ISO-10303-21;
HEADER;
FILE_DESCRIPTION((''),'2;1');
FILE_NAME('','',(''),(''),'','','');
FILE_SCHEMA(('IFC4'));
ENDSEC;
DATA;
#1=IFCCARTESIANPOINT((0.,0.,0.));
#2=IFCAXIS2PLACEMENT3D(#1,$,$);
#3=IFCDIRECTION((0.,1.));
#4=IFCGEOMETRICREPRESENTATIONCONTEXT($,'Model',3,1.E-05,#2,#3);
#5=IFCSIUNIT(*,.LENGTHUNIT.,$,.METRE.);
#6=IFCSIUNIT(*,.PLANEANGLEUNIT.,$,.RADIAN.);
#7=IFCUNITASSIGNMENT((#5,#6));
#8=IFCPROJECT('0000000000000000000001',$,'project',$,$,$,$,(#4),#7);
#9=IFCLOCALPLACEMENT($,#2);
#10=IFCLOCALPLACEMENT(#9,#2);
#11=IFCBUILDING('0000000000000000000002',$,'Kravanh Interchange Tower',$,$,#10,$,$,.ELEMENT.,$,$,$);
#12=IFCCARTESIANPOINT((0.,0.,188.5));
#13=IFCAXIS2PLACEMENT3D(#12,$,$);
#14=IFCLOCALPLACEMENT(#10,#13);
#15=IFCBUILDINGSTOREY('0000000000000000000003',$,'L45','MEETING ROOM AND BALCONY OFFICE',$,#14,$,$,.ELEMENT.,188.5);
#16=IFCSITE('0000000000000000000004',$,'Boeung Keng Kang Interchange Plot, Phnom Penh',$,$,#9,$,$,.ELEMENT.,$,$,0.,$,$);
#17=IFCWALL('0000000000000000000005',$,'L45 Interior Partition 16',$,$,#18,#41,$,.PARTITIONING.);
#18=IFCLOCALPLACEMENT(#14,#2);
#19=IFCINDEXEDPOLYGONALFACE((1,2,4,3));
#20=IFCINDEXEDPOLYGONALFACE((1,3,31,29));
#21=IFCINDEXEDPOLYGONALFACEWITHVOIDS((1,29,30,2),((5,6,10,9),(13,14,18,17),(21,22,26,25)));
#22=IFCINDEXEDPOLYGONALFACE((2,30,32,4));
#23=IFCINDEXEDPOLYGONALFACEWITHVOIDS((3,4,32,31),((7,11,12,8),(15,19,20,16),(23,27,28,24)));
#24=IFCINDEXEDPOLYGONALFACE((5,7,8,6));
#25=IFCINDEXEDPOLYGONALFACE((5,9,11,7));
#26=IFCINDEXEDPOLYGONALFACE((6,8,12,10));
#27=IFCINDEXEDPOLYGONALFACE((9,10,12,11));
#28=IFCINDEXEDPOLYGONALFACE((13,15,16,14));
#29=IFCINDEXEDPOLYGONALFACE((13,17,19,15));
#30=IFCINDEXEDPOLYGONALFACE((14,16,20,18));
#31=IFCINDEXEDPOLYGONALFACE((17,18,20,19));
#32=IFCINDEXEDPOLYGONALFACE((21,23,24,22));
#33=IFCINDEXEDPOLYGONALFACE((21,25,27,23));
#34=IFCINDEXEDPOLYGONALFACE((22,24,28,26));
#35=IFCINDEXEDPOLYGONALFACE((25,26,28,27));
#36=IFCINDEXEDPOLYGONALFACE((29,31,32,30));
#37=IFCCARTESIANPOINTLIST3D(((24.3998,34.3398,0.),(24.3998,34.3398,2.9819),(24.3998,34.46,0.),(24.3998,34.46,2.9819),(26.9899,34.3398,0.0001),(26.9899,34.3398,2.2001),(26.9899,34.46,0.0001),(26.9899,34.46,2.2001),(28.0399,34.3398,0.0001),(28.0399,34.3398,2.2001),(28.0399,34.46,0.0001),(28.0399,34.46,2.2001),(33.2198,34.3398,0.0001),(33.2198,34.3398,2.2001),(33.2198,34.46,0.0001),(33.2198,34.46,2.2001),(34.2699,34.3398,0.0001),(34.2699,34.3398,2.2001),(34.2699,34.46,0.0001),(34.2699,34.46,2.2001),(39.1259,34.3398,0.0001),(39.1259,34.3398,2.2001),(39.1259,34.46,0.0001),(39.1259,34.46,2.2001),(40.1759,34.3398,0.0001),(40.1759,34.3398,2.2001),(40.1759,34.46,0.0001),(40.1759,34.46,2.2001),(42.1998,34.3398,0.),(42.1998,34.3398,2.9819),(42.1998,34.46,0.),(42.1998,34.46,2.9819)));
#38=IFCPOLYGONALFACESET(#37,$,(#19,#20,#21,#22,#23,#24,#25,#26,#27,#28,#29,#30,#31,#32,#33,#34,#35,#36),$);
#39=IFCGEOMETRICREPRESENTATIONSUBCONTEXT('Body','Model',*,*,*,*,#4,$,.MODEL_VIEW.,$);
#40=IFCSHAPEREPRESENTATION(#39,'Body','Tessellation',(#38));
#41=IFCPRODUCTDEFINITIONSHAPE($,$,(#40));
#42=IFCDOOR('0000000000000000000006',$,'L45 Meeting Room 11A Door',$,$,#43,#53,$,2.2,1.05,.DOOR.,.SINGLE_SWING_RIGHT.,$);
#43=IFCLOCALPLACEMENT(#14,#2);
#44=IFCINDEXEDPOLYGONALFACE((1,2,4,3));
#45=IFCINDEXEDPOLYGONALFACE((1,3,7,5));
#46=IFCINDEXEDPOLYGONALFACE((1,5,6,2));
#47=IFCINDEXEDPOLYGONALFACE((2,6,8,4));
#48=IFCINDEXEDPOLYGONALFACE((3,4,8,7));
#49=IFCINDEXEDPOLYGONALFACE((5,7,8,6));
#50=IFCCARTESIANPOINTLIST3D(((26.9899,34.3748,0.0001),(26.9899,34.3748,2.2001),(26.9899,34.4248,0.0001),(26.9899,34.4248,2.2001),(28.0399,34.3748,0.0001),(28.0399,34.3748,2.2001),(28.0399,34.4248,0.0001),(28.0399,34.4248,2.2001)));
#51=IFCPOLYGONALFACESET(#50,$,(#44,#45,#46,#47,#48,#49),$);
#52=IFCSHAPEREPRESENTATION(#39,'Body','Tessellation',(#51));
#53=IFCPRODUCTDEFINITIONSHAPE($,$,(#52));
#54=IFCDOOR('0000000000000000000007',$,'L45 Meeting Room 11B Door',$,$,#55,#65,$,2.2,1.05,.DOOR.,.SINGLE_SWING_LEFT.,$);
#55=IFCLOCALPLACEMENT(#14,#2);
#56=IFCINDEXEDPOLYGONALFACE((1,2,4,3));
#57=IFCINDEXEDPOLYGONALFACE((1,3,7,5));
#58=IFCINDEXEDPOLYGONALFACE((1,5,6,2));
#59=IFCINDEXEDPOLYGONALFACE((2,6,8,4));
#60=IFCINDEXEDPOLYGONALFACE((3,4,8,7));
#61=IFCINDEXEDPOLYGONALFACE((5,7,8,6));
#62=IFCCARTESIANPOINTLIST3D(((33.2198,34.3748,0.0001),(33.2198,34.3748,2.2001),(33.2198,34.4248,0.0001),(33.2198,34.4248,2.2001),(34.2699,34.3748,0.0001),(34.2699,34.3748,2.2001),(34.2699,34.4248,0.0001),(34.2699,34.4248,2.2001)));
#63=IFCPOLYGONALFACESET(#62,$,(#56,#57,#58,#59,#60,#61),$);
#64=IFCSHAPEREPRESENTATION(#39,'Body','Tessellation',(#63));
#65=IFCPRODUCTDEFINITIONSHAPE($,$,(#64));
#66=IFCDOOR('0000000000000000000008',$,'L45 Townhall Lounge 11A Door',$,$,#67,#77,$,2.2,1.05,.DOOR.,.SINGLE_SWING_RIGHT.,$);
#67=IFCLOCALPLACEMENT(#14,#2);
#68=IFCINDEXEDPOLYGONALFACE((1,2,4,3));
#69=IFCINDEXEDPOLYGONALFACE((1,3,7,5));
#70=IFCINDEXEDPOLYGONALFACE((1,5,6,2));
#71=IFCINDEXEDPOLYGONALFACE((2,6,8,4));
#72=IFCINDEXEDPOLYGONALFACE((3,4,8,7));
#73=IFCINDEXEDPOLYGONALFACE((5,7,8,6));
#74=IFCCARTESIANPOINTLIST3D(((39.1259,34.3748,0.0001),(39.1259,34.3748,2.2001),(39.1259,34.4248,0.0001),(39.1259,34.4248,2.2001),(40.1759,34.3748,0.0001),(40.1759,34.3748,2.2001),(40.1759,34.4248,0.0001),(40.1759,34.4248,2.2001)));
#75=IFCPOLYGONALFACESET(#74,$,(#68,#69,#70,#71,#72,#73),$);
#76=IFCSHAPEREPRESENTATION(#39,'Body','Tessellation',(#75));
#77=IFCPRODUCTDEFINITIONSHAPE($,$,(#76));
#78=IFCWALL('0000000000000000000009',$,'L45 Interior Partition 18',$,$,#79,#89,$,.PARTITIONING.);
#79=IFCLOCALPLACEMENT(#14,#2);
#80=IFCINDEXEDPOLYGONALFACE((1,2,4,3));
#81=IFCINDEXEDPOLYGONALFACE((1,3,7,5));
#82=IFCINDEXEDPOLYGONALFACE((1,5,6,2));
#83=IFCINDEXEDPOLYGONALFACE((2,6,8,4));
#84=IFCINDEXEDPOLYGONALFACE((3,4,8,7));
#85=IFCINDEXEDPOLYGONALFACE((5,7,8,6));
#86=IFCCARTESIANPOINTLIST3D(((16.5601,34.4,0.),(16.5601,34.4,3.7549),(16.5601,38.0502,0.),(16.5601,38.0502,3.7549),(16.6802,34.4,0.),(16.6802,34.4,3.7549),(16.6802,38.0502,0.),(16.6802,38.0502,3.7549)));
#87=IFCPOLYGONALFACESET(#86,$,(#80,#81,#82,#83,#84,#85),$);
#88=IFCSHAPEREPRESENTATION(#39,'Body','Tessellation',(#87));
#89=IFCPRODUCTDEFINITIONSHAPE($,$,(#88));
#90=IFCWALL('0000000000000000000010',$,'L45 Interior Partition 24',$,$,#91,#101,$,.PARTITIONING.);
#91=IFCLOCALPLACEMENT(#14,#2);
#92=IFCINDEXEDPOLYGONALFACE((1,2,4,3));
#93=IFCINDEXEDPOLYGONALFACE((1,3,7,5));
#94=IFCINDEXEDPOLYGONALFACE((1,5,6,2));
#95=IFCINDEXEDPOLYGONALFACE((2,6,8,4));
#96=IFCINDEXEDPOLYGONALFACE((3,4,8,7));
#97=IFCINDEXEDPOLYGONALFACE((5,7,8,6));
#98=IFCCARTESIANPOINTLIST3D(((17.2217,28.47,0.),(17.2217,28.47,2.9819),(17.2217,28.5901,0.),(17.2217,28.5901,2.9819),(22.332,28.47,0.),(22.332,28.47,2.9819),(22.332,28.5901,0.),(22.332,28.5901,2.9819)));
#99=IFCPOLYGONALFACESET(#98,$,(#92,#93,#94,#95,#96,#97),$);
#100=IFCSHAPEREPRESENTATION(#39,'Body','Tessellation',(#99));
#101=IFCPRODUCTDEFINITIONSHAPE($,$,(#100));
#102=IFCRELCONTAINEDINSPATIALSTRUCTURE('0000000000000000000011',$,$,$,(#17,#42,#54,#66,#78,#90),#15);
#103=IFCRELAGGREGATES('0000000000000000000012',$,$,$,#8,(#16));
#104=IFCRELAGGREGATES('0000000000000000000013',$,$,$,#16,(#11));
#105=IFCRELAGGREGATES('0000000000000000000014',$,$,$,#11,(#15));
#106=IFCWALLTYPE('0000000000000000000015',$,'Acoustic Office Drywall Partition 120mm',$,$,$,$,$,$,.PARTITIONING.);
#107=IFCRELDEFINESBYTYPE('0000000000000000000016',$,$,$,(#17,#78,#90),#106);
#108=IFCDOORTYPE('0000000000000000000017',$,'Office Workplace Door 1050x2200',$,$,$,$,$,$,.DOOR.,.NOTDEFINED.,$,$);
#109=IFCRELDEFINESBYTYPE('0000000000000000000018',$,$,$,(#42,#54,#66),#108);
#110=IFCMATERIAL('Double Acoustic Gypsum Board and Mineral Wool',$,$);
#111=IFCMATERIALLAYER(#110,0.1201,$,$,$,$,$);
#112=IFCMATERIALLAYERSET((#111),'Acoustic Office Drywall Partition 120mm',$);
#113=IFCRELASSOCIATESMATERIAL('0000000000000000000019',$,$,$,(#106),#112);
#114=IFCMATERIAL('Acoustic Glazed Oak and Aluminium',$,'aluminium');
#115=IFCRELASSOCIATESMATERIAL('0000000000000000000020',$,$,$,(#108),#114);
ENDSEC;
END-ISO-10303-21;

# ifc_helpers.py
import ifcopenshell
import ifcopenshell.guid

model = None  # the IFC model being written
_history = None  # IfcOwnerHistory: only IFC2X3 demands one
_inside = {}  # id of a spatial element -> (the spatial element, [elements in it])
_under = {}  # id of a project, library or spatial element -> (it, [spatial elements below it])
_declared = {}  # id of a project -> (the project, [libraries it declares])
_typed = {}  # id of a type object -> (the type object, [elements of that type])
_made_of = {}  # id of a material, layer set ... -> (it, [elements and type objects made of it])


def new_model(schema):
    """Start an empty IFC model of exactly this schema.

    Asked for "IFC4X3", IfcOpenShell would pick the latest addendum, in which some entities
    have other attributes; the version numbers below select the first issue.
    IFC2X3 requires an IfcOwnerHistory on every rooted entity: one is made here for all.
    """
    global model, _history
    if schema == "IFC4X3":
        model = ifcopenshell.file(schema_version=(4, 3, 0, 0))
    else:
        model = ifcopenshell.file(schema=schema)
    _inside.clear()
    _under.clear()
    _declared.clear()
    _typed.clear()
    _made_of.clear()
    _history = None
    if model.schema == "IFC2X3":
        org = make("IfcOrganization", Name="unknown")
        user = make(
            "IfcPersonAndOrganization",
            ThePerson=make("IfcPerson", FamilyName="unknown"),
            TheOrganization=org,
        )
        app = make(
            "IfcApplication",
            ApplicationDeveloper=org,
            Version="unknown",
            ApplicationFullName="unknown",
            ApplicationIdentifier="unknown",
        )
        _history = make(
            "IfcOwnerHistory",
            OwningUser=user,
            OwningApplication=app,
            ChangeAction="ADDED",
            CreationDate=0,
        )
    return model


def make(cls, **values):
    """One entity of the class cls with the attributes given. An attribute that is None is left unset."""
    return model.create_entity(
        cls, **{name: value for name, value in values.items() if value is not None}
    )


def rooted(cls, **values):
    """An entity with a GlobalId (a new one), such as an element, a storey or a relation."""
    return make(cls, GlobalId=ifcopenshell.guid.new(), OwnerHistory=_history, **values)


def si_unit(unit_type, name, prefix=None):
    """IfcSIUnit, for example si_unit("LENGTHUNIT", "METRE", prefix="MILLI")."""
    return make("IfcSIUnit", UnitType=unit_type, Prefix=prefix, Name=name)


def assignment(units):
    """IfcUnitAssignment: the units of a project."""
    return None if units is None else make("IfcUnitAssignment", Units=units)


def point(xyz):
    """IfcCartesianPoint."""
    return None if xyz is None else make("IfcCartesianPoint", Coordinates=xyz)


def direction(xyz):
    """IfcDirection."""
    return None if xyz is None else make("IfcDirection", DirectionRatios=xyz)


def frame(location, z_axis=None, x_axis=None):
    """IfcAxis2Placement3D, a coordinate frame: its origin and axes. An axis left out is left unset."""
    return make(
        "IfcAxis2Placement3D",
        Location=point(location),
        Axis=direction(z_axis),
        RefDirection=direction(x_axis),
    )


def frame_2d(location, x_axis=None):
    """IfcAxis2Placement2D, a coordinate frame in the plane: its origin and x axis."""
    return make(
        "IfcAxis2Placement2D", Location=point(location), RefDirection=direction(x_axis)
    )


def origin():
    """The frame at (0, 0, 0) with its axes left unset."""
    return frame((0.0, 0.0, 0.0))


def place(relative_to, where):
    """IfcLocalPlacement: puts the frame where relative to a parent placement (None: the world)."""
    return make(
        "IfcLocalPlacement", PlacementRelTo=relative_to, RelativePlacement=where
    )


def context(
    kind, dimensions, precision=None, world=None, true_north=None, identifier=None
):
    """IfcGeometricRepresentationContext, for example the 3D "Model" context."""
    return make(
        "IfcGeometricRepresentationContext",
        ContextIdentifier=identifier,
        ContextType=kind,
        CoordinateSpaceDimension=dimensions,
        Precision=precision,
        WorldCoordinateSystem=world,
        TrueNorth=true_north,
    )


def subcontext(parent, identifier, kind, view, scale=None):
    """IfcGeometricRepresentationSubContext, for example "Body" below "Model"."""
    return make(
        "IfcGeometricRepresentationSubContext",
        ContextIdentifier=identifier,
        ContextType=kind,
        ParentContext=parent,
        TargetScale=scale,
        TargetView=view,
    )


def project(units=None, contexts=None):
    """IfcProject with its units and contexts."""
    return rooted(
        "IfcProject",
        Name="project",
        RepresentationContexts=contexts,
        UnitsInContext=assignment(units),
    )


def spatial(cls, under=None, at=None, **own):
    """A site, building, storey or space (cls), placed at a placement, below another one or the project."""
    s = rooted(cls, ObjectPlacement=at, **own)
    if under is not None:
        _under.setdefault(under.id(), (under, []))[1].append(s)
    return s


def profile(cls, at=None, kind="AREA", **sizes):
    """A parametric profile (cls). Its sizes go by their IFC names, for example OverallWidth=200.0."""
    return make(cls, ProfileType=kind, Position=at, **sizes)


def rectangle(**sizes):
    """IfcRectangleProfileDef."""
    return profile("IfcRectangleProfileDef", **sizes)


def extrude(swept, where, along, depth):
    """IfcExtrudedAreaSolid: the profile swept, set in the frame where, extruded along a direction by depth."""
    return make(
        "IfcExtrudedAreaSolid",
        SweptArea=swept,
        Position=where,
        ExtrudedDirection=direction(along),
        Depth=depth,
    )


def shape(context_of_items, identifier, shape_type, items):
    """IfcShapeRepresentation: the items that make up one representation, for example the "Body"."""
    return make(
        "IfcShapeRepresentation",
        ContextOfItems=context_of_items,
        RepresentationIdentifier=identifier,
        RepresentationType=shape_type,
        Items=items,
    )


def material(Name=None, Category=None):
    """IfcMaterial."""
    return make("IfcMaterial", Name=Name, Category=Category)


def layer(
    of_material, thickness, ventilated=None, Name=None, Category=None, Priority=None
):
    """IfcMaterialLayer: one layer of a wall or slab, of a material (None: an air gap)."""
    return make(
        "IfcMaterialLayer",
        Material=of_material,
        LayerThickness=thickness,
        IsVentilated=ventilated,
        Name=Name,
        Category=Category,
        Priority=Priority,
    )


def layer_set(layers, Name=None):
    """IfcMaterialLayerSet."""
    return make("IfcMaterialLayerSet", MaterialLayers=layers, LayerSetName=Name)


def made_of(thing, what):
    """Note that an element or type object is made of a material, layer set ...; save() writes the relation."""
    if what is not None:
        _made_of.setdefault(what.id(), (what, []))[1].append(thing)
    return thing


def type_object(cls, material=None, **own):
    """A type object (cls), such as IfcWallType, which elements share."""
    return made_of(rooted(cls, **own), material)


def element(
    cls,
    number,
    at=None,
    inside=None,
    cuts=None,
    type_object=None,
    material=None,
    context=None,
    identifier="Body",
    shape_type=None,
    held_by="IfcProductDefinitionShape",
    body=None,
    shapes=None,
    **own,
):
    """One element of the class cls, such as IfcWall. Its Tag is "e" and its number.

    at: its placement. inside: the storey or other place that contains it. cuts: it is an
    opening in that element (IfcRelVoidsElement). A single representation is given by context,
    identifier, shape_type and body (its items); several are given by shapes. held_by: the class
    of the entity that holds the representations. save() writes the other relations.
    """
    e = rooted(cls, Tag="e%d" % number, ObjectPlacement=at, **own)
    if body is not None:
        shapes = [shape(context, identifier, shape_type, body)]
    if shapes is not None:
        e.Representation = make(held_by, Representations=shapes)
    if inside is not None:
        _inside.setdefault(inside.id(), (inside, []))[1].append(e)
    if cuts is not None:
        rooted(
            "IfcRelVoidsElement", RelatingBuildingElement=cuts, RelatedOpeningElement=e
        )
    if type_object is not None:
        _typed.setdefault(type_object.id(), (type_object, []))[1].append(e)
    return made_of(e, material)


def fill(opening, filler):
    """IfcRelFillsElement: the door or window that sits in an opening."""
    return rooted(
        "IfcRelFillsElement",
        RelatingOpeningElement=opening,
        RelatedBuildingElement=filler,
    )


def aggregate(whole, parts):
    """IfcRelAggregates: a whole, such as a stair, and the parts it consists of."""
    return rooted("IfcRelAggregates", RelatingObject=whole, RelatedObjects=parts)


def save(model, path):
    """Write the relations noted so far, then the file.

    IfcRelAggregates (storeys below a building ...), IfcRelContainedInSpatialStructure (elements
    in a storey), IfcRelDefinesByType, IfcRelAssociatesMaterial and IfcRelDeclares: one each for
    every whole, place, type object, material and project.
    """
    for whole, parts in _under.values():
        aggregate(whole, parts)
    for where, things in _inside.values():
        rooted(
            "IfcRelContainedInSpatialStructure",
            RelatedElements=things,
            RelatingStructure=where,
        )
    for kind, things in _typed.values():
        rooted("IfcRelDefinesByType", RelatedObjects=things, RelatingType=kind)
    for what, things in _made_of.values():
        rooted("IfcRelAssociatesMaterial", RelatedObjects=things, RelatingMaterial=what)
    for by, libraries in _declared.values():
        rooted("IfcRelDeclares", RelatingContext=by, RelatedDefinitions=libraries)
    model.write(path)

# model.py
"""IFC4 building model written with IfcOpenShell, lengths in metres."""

from ifc_helpers import new_model, si_unit, direction, frame, frame_2d, origin, place, context, subcontext, project, spatial, rectangle, extrude, material, layer, layer_set, type_object, element, fill, save


model = new_model("IFC4")

# Units and contexts
model_context = context("Model", 3, precision=1e-05, world=origin(), true_north=direction((0.0, 1.0)))
body_context = subcontext(model_context, "Body", "Model", "MODEL_VIEW")
ifc_project = project(units=[si_unit("LENGTHUNIT", "METRE"), si_unit("PLANEANGLEUNIT", "RADIAN")], contexts=[model_context])

# Site, building, storey
site_placement = place(None, origin())
site = spatial("IfcSite", under=ifc_project, at=site_placement, Name="Boeung Keng Kang Interchange Plot, Phnom Penh", CompositionType="ELEMENT", RefElevation=0.0)
building_placement = place(site_placement, origin())
building = spatial("IfcBuilding", under=site, at=building_placement, Name="Kravanh Interchange Tower", CompositionType="ELEMENT")
storey_placement = place(building_placement, frame((0.0, 0.0, 188.5)))
storey = spatial("IfcBuildingStorey", under=building, at=storey_placement, Name="L45", Description="MEETING ROOM AND BALCONY OFFICE", CompositionType="ELEMENT", Elevation=188.5)

# Shared definitions
ifc_material_1 = material(Name="Double Acoustic Gypsum Board and Mineral Wool")
ifc_layer_1 = layer(ifc_material_1, 0.1201)
ifc_layer_set_1 = layer_set([ifc_layer_1], Name="Acoustic Office Drywall Partition 120mm")
wall_type = type_object("IfcWallType", Name="Acoustic Office Drywall Partition 120mm", PredefinedType="PARTITIONING", material=ifc_layer_set_1)

# Wall, openings, doors
wall_1_placement = place(storey_placement, frame((24.3999, 34.3999, 0.0), z_axis=(0.0, 0.0, 1.0), x_axis=(1.0, 0.0, 0.0)))
wall_1 = element("IfcWall", 1, at=wall_1_placement, inside=storey, type_object=wall_type, Name="L45 Interior Partition 16", PredefinedType="PARTITIONING", context=body_context, shape_type="SweptSolid", body=[
    extrude(rectangle(XDim=17.8, YDim=0.1201, at=frame_2d((8.8999, 0.0))), origin(), (0.0, 0.0, 1.0), 2.9819),
])
opening_1_placement = place(wall_1_placement, frame((2.5901, 0.0, 0.0)))
opening_1 = element("IfcOpeningElement", 2, at=opening_1_placement, cuts=wall_1, PredefinedType="OPENING", context=body_context, shape_type="SweptSolid", body=[
    extrude(rectangle(XDim=1.05, YDim=2.2, at=frame_2d((0.5249, 1.1001))), frame((0.0, 0.0701, 0.0), z_axis=(0.0, -1.0, 0.0), x_axis=(1.0, 0.0, 0.0)), (0.0, 0.0, 1.0), 0.1401),
])
opening_2_placement = place(wall_1_placement, frame((8.8201, 0.0, 0.0)))
opening_2 = element("IfcOpeningElement", 3, at=opening_2_placement, cuts=wall_1, PredefinedType="OPENING", context=body_context, shape_type="SweptSolid", body=[
    extrude(rectangle(XDim=1.05, YDim=2.2, at=frame_2d((0.5249, 1.1001))), frame((0.0, 0.0701, 0.0), z_axis=(0.0, -1.0, 0.0), x_axis=(1.0, 0.0, 0.0)), (0.0, 0.0, 1.0), 0.1401),
])
opening_3_placement = place(wall_1_placement, frame((14.7261, 0.0, 0.0)))
opening_3 = element("IfcOpeningElement", 4, at=opening_3_placement, cuts=wall_1, PredefinedType="OPENING", context=body_context, shape_type="SweptSolid", body=[
    extrude(rectangle(XDim=1.05, YDim=2.2, at=frame_2d((0.5249, 1.1001))), frame((0.0, 0.0701, 0.0), z_axis=(0.0, -1.0, 0.0), x_axis=(1.0, 0.0, 0.0)), (0.0, 0.0, 1.0), 0.1401),
])
ifc_material_2 = material(Name="Acoustic Glazed Oak and Aluminium", Category="aluminium")
door_type = type_object("IfcDoorType", Name="Office Workplace Door 1050x2200", OperationType="NOTDEFINED", PredefinedType="DOOR", material=ifc_material_2)
door_1_placement = place(opening_1_placement, origin())
door_1 = element("IfcDoor", 5, at=door_1_placement, inside=storey, type_object=door_type, Name="L45 Meeting Room 11A Door", OperationType="SINGLE_SWING_RIGHT", OverallHeight=2.2, OverallWidth=1.05, PredefinedType="DOOR", context=body_context, shape_type="SweptSolid", body=[
    extrude(rectangle(XDim=1.05, YDim=2.2, at=frame_2d((0.5249, 1.1001))), frame((0.0, 0.0249, 0.0), z_axis=(0.0, -1.0, 0.0), x_axis=(1.0, 0.0, 0.0)), (0.0, 0.0, 1.0), 0.05),
])
fill(opening_1, door_1)
door_2_placement = place(opening_2_placement, origin())
door_2 = element("IfcDoor", 6, at=door_2_placement, inside=storey, type_object=door_type, Name="L45 Meeting Room 11B Door", OperationType="SINGLE_SWING_LEFT", OverallHeight=2.2, OverallWidth=1.05, PredefinedType="DOOR", context=body_context, shape_type="SweptSolid", body=[
    extrude(rectangle(XDim=1.05, YDim=2.2, at=frame_2d((0.5249, 1.1001))), frame((0.0, 0.0249, 0.0), z_axis=(0.0, -1.0, 0.0), x_axis=(1.0, 0.0, 0.0)), (0.0, 0.0, 1.0), 0.05),
])
fill(opening_2, door_2)
door_3_placement = place(opening_3_placement, origin())
door_3 = element("IfcDoor", 7, at=door_3_placement, inside=storey, type_object=door_type, Name="L45 Townhall Lounge 11A Door", OperationType="SINGLE_SWING_RIGHT", OverallHeight=2.2, OverallWidth=1.05, PredefinedType="DOOR", context=body_context, shape_type="SweptSolid", body=[
    extrude(rectangle(XDim=1.05, YDim=2.2, at=frame_2d((0.5249, 1.1001))), frame((0.0, 0.0249, 0.0), z_axis=(0.0, -1.0, 0.0), x_axis=(1.0, 0.0, 0.0)), (0.0, 0.0, 1.0), 0.05),
])
fill(opening_3, door_3)

# Walls
wall_2_placement = place(storey_placement, frame((16.6201, 34.3999, 0.0), z_axis=(0.0, 0.0, 1.0), x_axis=(0.0, 1.0, 0.0)))
element("IfcWall", 8, at=wall_2_placement, inside=storey, type_object=wall_type, Name="L45 Interior Partition 18", PredefinedType="PARTITIONING", context=body_context, shape_type="SweptSolid", body=[
    extrude(rectangle(XDim=3.6501, YDim=0.1201, at=frame_2d((1.8252, 0.0))), origin(), (0.0, 0.0, 1.0), 3.7549),
])
wall_3_placement = place(storey_placement, frame((17.2217, 28.53, 0.0), z_axis=(0.0, 0.0, 1.0), x_axis=(1.0, 0.0, 0.0)))
element("IfcWall", 9, at=wall_3_placement, inside=storey, type_object=wall_type, Name="L45 Interior Partition 24", PredefinedType="PARTITIONING", context=body_context, shape_type="SweptSolid", body=[
    extrude(rectangle(XDim=5.1104, YDim=0.1201, at=frame_2d((2.5552, 0.0))), origin(), (0.0, 0.0, 1.0), 2.9819),
])

save(model, "model.ifc")
